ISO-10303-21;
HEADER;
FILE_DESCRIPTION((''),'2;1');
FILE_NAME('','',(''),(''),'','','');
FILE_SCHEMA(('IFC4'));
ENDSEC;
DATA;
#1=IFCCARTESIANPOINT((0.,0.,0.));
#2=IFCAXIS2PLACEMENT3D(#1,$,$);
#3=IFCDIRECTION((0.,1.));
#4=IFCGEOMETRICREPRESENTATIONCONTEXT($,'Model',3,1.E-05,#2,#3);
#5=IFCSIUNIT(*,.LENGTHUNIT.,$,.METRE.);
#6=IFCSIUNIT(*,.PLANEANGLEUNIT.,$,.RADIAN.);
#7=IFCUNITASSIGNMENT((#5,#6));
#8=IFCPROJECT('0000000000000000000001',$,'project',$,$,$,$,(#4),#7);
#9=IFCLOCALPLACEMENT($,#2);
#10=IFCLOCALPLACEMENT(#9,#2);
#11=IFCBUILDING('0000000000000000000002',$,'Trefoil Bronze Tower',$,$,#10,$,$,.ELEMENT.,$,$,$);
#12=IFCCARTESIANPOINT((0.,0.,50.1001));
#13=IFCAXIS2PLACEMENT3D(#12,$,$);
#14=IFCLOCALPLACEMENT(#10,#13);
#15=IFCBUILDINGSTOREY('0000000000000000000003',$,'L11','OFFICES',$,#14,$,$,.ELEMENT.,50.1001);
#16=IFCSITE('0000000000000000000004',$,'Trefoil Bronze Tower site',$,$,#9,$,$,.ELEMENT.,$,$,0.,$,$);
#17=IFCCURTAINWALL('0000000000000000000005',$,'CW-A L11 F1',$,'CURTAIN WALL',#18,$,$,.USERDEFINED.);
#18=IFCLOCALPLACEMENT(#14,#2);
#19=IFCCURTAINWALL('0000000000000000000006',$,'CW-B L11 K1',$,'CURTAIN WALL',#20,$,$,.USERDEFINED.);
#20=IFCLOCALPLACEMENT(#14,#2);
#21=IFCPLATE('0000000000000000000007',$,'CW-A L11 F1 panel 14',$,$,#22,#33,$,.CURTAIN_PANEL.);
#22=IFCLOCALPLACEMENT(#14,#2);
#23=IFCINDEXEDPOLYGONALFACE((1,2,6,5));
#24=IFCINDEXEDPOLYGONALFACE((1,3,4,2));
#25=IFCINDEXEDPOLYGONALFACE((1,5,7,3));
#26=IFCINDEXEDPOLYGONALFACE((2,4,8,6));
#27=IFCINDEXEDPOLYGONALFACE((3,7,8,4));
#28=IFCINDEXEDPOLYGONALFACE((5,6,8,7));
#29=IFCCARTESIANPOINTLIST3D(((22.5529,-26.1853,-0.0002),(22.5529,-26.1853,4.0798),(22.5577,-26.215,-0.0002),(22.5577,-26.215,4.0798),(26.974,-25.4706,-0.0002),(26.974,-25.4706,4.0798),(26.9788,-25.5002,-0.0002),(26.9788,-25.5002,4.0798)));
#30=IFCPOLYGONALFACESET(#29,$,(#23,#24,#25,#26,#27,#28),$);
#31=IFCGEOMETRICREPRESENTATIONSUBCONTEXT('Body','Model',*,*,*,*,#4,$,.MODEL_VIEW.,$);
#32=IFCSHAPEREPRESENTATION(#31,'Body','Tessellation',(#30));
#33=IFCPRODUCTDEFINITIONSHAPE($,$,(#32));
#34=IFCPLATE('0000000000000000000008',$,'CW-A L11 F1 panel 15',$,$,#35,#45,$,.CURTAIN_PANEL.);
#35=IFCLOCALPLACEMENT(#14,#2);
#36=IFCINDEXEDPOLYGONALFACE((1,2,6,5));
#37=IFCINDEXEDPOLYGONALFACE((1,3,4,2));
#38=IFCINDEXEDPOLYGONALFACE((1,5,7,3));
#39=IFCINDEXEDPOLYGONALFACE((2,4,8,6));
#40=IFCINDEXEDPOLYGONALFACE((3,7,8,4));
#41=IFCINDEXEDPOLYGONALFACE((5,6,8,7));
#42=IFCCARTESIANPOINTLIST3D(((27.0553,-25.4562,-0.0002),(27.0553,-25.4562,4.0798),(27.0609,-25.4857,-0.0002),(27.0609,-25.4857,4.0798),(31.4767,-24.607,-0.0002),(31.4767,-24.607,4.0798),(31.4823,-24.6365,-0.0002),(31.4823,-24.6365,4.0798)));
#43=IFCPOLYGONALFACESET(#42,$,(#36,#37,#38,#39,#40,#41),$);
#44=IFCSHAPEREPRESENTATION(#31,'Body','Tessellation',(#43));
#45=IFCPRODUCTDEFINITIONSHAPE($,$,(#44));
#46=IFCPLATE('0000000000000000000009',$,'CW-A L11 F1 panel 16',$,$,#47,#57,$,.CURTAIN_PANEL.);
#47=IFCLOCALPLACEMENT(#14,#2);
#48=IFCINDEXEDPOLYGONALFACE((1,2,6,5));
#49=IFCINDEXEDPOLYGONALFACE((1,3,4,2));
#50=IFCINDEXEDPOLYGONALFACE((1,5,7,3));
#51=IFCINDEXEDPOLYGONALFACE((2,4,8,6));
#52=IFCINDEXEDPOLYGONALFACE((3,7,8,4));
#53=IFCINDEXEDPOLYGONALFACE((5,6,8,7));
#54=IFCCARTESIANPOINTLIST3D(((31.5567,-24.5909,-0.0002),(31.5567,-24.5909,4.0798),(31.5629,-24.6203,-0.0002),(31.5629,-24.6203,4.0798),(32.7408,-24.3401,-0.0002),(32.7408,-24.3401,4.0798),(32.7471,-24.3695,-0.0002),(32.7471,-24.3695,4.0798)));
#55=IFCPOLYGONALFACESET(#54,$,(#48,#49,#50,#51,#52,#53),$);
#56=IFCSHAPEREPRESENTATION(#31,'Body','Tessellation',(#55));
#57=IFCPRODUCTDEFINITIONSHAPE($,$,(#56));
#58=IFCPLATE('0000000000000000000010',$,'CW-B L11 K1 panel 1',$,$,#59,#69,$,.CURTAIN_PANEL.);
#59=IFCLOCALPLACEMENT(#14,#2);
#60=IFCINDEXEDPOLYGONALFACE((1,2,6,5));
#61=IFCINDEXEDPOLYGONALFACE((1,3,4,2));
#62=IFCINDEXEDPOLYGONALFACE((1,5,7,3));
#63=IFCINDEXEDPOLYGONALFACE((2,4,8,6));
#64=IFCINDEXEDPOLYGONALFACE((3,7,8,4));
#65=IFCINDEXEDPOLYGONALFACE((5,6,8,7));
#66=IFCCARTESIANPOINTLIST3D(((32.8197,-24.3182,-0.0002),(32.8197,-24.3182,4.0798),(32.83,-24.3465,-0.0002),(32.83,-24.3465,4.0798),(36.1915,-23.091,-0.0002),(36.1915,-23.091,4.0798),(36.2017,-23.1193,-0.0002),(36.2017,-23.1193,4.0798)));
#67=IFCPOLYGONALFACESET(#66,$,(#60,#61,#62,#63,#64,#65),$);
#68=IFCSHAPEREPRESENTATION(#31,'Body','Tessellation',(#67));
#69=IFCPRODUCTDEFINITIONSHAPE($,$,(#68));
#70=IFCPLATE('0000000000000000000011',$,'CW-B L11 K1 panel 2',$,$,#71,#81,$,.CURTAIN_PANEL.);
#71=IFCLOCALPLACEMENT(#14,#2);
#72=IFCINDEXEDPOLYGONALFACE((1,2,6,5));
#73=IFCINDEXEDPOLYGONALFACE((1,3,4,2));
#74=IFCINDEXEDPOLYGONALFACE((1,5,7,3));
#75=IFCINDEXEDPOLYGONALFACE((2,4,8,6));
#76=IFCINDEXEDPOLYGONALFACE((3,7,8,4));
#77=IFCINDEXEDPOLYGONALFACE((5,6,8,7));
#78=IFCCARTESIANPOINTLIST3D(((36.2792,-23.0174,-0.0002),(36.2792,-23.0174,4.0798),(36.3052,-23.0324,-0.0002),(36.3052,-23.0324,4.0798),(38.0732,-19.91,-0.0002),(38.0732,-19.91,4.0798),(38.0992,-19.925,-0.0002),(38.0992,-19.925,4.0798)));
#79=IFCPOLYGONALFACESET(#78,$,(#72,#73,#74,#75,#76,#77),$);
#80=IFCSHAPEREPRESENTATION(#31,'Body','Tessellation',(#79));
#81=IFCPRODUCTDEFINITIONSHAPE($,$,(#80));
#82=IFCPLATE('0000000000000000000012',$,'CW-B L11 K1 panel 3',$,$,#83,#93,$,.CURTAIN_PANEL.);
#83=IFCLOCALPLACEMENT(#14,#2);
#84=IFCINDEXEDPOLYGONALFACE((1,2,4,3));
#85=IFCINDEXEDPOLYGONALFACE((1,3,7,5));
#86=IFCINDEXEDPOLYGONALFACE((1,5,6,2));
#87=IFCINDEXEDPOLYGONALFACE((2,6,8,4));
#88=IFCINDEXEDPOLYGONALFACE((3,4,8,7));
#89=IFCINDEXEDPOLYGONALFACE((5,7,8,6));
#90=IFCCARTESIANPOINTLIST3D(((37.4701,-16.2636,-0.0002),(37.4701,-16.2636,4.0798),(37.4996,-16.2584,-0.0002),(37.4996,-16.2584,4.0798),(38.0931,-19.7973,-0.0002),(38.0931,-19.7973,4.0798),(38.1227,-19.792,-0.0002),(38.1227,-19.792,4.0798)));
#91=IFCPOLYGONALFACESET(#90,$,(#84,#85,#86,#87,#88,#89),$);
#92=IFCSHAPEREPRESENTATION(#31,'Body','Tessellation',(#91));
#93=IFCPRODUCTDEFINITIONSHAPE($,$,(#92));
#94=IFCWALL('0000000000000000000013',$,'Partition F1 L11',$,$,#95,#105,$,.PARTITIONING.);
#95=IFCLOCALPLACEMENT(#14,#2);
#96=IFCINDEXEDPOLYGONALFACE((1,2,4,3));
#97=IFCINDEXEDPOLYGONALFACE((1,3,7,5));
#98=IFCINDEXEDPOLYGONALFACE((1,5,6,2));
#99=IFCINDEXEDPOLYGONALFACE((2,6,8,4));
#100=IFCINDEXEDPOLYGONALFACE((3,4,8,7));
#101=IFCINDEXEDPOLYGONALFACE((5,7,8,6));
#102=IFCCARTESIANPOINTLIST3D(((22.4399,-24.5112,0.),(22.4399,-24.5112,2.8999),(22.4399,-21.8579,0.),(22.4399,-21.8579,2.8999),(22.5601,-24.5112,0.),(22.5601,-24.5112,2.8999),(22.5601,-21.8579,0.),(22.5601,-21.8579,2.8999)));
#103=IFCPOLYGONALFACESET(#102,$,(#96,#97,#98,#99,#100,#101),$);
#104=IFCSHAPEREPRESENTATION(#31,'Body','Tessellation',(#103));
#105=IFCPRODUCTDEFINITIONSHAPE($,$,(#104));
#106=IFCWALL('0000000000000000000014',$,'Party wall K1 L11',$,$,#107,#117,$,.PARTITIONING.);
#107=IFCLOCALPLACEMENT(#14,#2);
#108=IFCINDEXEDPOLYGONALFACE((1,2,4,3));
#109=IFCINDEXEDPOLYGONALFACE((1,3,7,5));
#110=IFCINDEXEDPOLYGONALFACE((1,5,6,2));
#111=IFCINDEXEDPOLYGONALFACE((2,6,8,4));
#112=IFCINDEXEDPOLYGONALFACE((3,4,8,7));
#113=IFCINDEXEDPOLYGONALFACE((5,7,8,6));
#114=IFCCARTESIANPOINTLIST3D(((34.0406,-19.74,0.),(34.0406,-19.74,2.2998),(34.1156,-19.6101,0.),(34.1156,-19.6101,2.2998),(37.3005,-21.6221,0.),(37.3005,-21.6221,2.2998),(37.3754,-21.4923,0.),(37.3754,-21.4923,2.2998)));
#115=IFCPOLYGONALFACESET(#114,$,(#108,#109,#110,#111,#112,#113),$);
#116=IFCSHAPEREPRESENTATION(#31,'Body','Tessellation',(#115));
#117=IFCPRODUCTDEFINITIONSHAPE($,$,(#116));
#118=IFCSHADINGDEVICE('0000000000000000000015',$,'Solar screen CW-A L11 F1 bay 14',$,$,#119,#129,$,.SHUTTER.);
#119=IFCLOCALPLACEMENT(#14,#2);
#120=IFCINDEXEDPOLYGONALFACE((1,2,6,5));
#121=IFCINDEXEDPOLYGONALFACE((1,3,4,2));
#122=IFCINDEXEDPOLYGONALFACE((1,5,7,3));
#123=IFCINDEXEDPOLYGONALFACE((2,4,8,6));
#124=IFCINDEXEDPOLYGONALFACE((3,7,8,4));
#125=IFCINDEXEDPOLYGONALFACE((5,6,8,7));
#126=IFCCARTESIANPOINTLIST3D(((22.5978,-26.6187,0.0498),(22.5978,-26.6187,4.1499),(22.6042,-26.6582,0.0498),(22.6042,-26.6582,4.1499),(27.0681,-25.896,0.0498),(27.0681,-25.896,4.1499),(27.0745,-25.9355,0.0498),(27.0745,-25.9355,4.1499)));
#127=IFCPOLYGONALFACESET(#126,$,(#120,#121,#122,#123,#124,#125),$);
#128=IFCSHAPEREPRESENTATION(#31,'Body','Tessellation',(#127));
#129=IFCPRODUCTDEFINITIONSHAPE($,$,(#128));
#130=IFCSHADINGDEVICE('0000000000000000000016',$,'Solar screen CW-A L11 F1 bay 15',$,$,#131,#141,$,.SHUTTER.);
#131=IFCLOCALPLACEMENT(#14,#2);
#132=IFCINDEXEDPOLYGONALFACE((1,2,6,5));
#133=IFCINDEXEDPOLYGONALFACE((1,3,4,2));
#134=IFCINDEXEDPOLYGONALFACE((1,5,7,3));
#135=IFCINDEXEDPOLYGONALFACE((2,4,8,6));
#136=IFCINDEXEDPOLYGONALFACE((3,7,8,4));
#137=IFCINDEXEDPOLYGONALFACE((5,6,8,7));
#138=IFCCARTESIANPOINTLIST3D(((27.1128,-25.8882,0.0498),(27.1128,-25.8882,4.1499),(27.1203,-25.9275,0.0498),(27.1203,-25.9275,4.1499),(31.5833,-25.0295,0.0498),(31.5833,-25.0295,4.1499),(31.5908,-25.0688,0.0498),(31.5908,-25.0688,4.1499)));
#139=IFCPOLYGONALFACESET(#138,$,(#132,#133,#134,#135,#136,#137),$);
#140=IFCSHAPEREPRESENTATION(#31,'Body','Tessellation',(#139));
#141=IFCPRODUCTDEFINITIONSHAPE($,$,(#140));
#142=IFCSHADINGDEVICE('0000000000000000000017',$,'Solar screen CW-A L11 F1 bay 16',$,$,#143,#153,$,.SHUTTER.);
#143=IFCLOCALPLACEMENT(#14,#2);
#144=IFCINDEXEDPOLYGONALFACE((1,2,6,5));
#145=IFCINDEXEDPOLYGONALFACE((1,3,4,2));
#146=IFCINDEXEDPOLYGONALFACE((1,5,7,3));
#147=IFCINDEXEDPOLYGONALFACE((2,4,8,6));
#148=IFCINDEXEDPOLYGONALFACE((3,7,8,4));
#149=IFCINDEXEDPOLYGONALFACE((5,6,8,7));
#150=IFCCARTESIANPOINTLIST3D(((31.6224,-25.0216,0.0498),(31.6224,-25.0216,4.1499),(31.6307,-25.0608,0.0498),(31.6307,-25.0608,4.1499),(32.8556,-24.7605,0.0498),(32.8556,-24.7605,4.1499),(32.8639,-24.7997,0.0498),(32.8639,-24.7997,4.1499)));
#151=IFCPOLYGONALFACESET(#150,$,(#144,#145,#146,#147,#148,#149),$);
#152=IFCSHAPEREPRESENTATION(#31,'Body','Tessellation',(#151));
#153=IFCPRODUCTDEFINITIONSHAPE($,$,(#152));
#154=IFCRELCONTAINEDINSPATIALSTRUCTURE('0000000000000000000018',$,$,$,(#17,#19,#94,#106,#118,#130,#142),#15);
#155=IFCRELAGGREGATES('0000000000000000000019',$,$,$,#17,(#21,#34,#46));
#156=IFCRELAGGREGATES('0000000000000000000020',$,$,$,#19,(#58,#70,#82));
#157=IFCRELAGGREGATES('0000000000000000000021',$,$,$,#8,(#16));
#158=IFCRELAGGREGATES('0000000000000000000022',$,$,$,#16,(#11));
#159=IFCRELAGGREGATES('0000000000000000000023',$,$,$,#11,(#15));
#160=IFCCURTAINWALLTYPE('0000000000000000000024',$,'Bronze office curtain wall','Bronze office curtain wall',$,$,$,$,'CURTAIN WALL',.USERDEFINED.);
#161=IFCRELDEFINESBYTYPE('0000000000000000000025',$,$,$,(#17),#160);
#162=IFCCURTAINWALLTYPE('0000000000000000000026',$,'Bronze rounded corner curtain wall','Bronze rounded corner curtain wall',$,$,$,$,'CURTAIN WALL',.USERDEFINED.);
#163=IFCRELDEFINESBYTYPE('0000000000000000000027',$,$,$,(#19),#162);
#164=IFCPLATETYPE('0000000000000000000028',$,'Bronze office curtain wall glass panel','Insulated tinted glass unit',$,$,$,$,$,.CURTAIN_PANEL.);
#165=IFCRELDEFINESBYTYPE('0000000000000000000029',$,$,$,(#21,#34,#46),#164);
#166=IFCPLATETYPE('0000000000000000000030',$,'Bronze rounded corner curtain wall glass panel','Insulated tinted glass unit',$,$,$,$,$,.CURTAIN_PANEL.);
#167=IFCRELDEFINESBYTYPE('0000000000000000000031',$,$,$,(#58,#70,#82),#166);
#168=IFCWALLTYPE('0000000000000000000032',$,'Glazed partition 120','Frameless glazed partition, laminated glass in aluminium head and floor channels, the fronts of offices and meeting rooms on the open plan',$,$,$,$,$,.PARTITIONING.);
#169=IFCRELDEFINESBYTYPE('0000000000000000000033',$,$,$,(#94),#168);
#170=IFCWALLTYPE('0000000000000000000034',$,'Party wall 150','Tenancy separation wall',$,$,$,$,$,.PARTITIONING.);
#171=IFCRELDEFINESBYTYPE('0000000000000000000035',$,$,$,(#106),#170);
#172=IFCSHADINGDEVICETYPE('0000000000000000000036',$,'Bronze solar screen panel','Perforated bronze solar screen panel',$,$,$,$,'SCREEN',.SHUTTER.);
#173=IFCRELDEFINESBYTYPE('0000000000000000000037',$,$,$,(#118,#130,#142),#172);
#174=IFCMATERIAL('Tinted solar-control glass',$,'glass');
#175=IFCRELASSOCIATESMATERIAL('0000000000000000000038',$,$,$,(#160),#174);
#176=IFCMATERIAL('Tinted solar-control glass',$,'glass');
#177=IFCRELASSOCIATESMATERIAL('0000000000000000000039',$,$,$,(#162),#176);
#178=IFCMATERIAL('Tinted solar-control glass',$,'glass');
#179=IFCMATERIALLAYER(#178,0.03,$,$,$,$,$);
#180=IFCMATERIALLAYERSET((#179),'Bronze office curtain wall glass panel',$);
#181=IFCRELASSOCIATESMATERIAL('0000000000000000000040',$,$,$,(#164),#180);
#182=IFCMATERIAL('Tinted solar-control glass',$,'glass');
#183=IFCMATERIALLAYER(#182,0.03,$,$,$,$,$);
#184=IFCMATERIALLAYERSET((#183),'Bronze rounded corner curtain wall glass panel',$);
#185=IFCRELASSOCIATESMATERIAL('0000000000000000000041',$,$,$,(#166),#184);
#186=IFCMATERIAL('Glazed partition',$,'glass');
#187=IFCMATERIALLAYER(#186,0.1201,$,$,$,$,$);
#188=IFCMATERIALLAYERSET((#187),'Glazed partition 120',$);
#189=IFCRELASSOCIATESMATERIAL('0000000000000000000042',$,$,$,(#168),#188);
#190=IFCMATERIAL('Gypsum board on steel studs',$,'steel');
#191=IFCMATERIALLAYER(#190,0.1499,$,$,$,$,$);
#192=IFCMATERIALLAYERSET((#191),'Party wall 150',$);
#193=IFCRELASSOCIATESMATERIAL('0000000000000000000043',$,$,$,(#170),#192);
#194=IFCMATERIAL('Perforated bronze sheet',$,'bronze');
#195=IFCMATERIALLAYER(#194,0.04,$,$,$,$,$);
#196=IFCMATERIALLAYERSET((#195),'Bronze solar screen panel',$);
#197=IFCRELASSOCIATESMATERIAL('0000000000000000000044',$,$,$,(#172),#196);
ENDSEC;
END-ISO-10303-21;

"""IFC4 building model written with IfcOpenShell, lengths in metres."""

from ifc_helpers import new_model, si_unit, direction, frame, frame_2d, origin, origin_2d, place, context, subcontext, project, spatial, rectangle, extrude, material, layer, layer_set, type_object, element, aggregate, save


model = new_model("IFC4")

# Units and contexts
model_context = context("Model", 3, precision=1e-05, world=origin(), true_north=direction((0.0, 1.0)))
body_context = subcontext(model_context, "Body", "Model", "MODEL_VIEW")
ifc_project = project(units=[si_unit("LENGTHUNIT", "METRE"), si_unit("PLANEANGLEUNIT", "RADIAN")], contexts=[model_context])

# Site, building, storey
site_placement = place(None, origin())
site = spatial("IfcSite", under=ifc_project, at=site_placement, Name="Trefoil Bronze Tower site", CompositionType="ELEMENT", RefElevation=0.0)
building_placement = place(site_placement, origin())
building = spatial("IfcBuilding", under=site, at=building_placement, Name="Trefoil Bronze Tower", CompositionType="ELEMENT")
storey_placement = place(building_placement, frame((0.0, 0.0, 50.1001)))
storey = spatial("IfcBuildingStorey", under=building, at=storey_placement, Name="L11", Description="OFFICES", CompositionType="ELEMENT", Elevation=50.1001)

# Curtain walls
ifc_material_1 = material(Name="Tinted solar-control glass", Category="glass")
curtain_wall_type_1 = type_object("IfcCurtainWallType", Name="Bronze office curtain wall", Description="Bronze office curtain wall", ElementType="CURTAIN WALL", PredefinedType="USERDEFINED", material=ifc_material_1)
curtain_wall_1_placement = place(storey_placement, origin())
curtain_wall_1 = element("IfcCurtainWall", 1, at=curtain_wall_1_placement, inside=storey, type_object=curtain_wall_type_1, Name="CW-A L11 F1", ObjectType="CURTAIN WALL", PredefinedType="USERDEFINED")
ifc_material_2 = material(Name="Tinted solar-control glass", Category="glass")
curtain_wall_type_2 = type_object("IfcCurtainWallType", Name="Bronze rounded corner curtain wall", Description="Bronze rounded corner curtain wall", ElementType="CURTAIN WALL", PredefinedType="USERDEFINED", material=ifc_material_2)
curtain_wall_2_placement = place(storey_placement, origin())
curtain_wall_2 = element("IfcCurtainWall", 2, at=curtain_wall_2_placement, inside=storey, type_object=curtain_wall_type_2, Name="CW-B L11 K1", ObjectType="CURTAIN WALL", PredefinedType="USERDEFINED")

# Plates
ifc_material_3 = material(Name="Tinted solar-control glass", Category="glass")
ifc_layer_1 = layer(ifc_material_3, 0.03)
ifc_layer_set_1 = layer_set([ifc_layer_1], Name="Bronze office curtain wall glass panel")
plate_type_1 = type_object("IfcPlateType", Name="Bronze office curtain wall glass panel", Description="Insulated tinted glass unit", PredefinedType="CURTAIN_PANEL", material=ifc_layer_set_1)
plate_1_placement = place(storey_placement, frame((24.7659, -25.8428, -0.0002), z_axis=(0.0, 0.0, 1.0), x_axis=(0.987181, 0.159603, 0.0)))
plate_1 = element("IfcPlate", 3, at=plate_1_placement, type_object=plate_type_1, Name="CW-A L11 F1 panel 14", PredefinedType="CURTAIN_PANEL", context=body_context, shape_type="SweptSolid", body=[
    extrude(rectangle(XDim=4.4785, YDim=0.03, at=origin_2d()), origin(), (0.0, 0.0, 1.0), 4.0801),
])
plate_2_placement = place(storey_placement, frame((29.2688, -25.0464, -0.0002), z_axis=(0.0, 0.0, 1.0), x_axis=(0.98205, 0.188622, 0.0)))
plate_2 = element("IfcPlate", 4, at=plate_2_placement, type_object=plate_type_1, Name="CW-A L11 F1 panel 15", PredefinedType="CURTAIN_PANEL", context=body_context, shape_type="SweptSolid", body=[
    extrude(rectangle(XDim=4.5022, YDim=0.03, at=origin_2d()), origin(), (0.0, 0.0, 1.0), 4.0801),
])
plate_3_placement = place(storey_placement, frame((32.1519, -24.4802, -0.0002), z_axis=(0.0, 0.0, 1.0), x_axis=(0.978303, 0.207181, 0.0)))
plate_3 = element("IfcPlate", 5, at=plate_3_placement, type_object=plate_type_1, Name="CW-A L11 F1 panel 16", PredefinedType="CURTAIN_PANEL", context=body_context, shape_type="SweptSolid", body=[
    extrude(rectangle(XDim=1.2104, YDim=0.03, at=origin_2d()), origin(), (0.0, 0.0, 1.0), 4.0801),
])
aggregate(curtain_wall_1, [plate_1, plate_2, plate_3])
ifc_material_4 = material(Name="Tinted solar-control glass", Category="glass")
ifc_layer_2 = layer(ifc_material_4, 0.03)
ifc_layer_set_2 = layer_set([ifc_layer_2], Name="Bronze rounded corner curtain wall glass panel")
plate_type_2 = type_object("IfcPlateType", Name="Bronze rounded corner curtain wall glass panel", Description="Insulated tinted glass unit", PredefinedType="CURTAIN_PANEL", material=ifc_layer_set_2)
plate_4_placement = place(storey_placement, frame((34.5107, -23.7188, -0.0002), z_axis=(0.0, 0.0, 1.0), x_axis=(0.939693, 0.34202, 0.0)))
plate_4 = element("IfcPlate", 6, at=plate_4_placement, type_object=plate_type_2, Name="CW-B L11 K1 panel 1", PredefinedType="CURTAIN_PANEL", context=body_context, shape_type="SweptSolid", body=[
    extrude(rectangle(XDim=3.5881, YDim=0.03, at=origin_2d()), origin(), (0.0, 0.0, 1.0), 4.0801),
])
plate_5_placement = place(storey_placement, frame((37.1892, -21.4712, -0.0002), z_axis=(0.0, 0.0, 1.0), x_axis=(0.5, 0.866025, 0.0)))
plate_5 = element("IfcPlate", 7, at=plate_5_placement, type_object=plate_type_2, Name="CW-B L11 K1 panel 2", PredefinedType="CURTAIN_PANEL", context=body_context, shape_type="SweptSolid", body=[
    extrude(rectangle(XDim=3.5881, YDim=0.03, at=origin_2d()), origin(), (0.0, 0.0, 1.0), 4.0801),
])
plate_6_placement = place(storey_placement, frame((37.7964, -18.0278, -0.0002), z_axis=(0.0, 0.0, 1.0), x_axis=(-0.173648, 0.984808, 0.0)))
plate_6 = element("IfcPlate", 8, at=plate_6_placement, type_object=plate_type_2, Name="CW-B L11 K1 panel 3", PredefinedType="CURTAIN_PANEL", context=body_context, shape_type="SweptSolid", body=[
    extrude(rectangle(XDim=3.5881, YDim=0.03, at=origin_2d()), origin(), (0.0, 0.0, 1.0), 4.0801),
])
aggregate(curtain_wall_2, [plate_4, plate_5, plate_6])

# Walls
ifc_material_5 = material(Name="Glazed partition", Category="glass")
ifc_layer_3 = layer(ifc_material_5, 0.1201)
ifc_layer_set_3 = layer_set([ifc_layer_3], Name="Glazed partition 120")
wall_type_1 = type_object("IfcWallType", Name="Glazed partition 120", Description="Frameless glazed partition, laminated glass in aluminium head and floor channels, the fronts of offices and meeting rooms on the open plan", PredefinedType="PARTITIONING", material=ifc_layer_set_3)
wall_1_placement = place(storey_placement, frame((22.5, -21.8579, 0.0), z_axis=(0.0, 0.0, 1.0), x_axis=(0.0, -1.0, 0.0)))
element("IfcWall", 9, at=wall_1_placement, inside=storey, type_object=wall_type_1, Name="Partition F1 L11", PredefinedType="PARTITIONING", context=body_context, shape_type="SweptSolid", body=[
    extrude(rectangle(XDim=2.6533, YDim=0.1201, at=frame_2d((1.3267, 0.0))), origin(), (0.0, 0.0, 1.0), 2.8999),
])
ifc_material_6 = material(Name="Gypsum board on steel studs", Category="steel")
ifc_layer_4 = layer(ifc_material_6, 0.1499)
ifc_layer_set_4 = layer_set([ifc_layer_4], Name="Party wall 150")
wall_type_2 = type_object("IfcWallType", Name="Party wall 150", Description="Tenancy separation wall", PredefinedType="PARTITIONING", material=ifc_layer_set_4)
wall_2_placement = place(storey_placement, frame((34.0781, -19.675, 0.0), z_axis=(0.0, 0.0, 1.0), x_axis=(0.866019, -0.500011, 0.0)))
element("IfcWall", 10, at=wall_2_placement, inside=storey, type_object=wall_type_2, Name="Party wall K1 L11", PredefinedType="PARTITIONING", context=body_context, shape_type="SweptSolid", body=[
    extrude(rectangle(XDim=3.7642, YDim=0.1499, at=frame_2d((1.8821, 0.0))), origin(), (0.0, 0.0, 1.0), 2.2998),
])

# Shading devices
ifc_material_7 = material(Name="Perforated bronze sheet", Category="bronze")
ifc_layer_5 = layer(ifc_material_7, 0.04)
ifc_layer_set_5 = layer_set([ifc_layer_5], Name="Bronze solar screen panel")
shading_device_type = type_object("IfcShadingDeviceType", Name="Bronze solar screen panel", Description="Perforated bronze solar screen panel", ElementType="SCREEN", PredefinedType="SHUTTER", material=ifc_layer_set_5)
shading_device_1_placement = place(storey_placement, frame((24.8362, -26.2771, 0.0498), z_axis=(0.0, 0.0, 1.0), x_axis=(0.987181, 0.159603, 0.0)))
element("IfcShadingDevice", 11, at=shading_device_1_placement, inside=storey, type_object=shading_device_type, Name="Solar screen CW-A L11 F1 bay 14", PredefinedType="SHUTTER", context=body_context, shape_type="SweptSolid", body=[
    extrude(rectangle(XDim=4.5283, YDim=0.04, at=origin_2d()), origin(), (0.0, 0.0, 1.0), 4.1001),
])
shading_device_2_placement = place(storey_placement, frame((29.3518, -25.4785, 0.0498), z_axis=(0.0, 0.0, 1.0), x_axis=(0.98205, 0.188622, 0.0)))
element("IfcShadingDevice", 12, at=shading_device_2_placement, inside=storey, type_object=shading_device_type, Name="Solar screen CW-A L11 F1 bay 15", PredefinedType="SHUTTER", context=body_context, shape_type="SweptSolid", body=[
    extrude(rectangle(XDim=4.5522, YDim=0.04, at=origin_2d()), origin(), (0.0, 0.0, 1.0), 4.1001),
])
shading_device_3_placement = place(storey_placement, frame((32.2432, -24.9106, 0.0498), z_axis=(0.0, 0.0, 1.0), x_axis=(0.978303, 0.207181, 0.0)))
element("IfcShadingDevice", 13, at=shading_device_3_placement, inside=storey, type_object=shading_device_type, Name="Solar screen CW-A L11 F1 bay 16", PredefinedType="SHUTTER", context=body_context, shape_type="SweptSolid", body=[
    extrude(rectangle(XDim=1.2605, YDim=0.04, at=origin_2d()), origin(), (0.0, 0.0, 1.0), 4.1001),
])

save(model, "model.ifc")
